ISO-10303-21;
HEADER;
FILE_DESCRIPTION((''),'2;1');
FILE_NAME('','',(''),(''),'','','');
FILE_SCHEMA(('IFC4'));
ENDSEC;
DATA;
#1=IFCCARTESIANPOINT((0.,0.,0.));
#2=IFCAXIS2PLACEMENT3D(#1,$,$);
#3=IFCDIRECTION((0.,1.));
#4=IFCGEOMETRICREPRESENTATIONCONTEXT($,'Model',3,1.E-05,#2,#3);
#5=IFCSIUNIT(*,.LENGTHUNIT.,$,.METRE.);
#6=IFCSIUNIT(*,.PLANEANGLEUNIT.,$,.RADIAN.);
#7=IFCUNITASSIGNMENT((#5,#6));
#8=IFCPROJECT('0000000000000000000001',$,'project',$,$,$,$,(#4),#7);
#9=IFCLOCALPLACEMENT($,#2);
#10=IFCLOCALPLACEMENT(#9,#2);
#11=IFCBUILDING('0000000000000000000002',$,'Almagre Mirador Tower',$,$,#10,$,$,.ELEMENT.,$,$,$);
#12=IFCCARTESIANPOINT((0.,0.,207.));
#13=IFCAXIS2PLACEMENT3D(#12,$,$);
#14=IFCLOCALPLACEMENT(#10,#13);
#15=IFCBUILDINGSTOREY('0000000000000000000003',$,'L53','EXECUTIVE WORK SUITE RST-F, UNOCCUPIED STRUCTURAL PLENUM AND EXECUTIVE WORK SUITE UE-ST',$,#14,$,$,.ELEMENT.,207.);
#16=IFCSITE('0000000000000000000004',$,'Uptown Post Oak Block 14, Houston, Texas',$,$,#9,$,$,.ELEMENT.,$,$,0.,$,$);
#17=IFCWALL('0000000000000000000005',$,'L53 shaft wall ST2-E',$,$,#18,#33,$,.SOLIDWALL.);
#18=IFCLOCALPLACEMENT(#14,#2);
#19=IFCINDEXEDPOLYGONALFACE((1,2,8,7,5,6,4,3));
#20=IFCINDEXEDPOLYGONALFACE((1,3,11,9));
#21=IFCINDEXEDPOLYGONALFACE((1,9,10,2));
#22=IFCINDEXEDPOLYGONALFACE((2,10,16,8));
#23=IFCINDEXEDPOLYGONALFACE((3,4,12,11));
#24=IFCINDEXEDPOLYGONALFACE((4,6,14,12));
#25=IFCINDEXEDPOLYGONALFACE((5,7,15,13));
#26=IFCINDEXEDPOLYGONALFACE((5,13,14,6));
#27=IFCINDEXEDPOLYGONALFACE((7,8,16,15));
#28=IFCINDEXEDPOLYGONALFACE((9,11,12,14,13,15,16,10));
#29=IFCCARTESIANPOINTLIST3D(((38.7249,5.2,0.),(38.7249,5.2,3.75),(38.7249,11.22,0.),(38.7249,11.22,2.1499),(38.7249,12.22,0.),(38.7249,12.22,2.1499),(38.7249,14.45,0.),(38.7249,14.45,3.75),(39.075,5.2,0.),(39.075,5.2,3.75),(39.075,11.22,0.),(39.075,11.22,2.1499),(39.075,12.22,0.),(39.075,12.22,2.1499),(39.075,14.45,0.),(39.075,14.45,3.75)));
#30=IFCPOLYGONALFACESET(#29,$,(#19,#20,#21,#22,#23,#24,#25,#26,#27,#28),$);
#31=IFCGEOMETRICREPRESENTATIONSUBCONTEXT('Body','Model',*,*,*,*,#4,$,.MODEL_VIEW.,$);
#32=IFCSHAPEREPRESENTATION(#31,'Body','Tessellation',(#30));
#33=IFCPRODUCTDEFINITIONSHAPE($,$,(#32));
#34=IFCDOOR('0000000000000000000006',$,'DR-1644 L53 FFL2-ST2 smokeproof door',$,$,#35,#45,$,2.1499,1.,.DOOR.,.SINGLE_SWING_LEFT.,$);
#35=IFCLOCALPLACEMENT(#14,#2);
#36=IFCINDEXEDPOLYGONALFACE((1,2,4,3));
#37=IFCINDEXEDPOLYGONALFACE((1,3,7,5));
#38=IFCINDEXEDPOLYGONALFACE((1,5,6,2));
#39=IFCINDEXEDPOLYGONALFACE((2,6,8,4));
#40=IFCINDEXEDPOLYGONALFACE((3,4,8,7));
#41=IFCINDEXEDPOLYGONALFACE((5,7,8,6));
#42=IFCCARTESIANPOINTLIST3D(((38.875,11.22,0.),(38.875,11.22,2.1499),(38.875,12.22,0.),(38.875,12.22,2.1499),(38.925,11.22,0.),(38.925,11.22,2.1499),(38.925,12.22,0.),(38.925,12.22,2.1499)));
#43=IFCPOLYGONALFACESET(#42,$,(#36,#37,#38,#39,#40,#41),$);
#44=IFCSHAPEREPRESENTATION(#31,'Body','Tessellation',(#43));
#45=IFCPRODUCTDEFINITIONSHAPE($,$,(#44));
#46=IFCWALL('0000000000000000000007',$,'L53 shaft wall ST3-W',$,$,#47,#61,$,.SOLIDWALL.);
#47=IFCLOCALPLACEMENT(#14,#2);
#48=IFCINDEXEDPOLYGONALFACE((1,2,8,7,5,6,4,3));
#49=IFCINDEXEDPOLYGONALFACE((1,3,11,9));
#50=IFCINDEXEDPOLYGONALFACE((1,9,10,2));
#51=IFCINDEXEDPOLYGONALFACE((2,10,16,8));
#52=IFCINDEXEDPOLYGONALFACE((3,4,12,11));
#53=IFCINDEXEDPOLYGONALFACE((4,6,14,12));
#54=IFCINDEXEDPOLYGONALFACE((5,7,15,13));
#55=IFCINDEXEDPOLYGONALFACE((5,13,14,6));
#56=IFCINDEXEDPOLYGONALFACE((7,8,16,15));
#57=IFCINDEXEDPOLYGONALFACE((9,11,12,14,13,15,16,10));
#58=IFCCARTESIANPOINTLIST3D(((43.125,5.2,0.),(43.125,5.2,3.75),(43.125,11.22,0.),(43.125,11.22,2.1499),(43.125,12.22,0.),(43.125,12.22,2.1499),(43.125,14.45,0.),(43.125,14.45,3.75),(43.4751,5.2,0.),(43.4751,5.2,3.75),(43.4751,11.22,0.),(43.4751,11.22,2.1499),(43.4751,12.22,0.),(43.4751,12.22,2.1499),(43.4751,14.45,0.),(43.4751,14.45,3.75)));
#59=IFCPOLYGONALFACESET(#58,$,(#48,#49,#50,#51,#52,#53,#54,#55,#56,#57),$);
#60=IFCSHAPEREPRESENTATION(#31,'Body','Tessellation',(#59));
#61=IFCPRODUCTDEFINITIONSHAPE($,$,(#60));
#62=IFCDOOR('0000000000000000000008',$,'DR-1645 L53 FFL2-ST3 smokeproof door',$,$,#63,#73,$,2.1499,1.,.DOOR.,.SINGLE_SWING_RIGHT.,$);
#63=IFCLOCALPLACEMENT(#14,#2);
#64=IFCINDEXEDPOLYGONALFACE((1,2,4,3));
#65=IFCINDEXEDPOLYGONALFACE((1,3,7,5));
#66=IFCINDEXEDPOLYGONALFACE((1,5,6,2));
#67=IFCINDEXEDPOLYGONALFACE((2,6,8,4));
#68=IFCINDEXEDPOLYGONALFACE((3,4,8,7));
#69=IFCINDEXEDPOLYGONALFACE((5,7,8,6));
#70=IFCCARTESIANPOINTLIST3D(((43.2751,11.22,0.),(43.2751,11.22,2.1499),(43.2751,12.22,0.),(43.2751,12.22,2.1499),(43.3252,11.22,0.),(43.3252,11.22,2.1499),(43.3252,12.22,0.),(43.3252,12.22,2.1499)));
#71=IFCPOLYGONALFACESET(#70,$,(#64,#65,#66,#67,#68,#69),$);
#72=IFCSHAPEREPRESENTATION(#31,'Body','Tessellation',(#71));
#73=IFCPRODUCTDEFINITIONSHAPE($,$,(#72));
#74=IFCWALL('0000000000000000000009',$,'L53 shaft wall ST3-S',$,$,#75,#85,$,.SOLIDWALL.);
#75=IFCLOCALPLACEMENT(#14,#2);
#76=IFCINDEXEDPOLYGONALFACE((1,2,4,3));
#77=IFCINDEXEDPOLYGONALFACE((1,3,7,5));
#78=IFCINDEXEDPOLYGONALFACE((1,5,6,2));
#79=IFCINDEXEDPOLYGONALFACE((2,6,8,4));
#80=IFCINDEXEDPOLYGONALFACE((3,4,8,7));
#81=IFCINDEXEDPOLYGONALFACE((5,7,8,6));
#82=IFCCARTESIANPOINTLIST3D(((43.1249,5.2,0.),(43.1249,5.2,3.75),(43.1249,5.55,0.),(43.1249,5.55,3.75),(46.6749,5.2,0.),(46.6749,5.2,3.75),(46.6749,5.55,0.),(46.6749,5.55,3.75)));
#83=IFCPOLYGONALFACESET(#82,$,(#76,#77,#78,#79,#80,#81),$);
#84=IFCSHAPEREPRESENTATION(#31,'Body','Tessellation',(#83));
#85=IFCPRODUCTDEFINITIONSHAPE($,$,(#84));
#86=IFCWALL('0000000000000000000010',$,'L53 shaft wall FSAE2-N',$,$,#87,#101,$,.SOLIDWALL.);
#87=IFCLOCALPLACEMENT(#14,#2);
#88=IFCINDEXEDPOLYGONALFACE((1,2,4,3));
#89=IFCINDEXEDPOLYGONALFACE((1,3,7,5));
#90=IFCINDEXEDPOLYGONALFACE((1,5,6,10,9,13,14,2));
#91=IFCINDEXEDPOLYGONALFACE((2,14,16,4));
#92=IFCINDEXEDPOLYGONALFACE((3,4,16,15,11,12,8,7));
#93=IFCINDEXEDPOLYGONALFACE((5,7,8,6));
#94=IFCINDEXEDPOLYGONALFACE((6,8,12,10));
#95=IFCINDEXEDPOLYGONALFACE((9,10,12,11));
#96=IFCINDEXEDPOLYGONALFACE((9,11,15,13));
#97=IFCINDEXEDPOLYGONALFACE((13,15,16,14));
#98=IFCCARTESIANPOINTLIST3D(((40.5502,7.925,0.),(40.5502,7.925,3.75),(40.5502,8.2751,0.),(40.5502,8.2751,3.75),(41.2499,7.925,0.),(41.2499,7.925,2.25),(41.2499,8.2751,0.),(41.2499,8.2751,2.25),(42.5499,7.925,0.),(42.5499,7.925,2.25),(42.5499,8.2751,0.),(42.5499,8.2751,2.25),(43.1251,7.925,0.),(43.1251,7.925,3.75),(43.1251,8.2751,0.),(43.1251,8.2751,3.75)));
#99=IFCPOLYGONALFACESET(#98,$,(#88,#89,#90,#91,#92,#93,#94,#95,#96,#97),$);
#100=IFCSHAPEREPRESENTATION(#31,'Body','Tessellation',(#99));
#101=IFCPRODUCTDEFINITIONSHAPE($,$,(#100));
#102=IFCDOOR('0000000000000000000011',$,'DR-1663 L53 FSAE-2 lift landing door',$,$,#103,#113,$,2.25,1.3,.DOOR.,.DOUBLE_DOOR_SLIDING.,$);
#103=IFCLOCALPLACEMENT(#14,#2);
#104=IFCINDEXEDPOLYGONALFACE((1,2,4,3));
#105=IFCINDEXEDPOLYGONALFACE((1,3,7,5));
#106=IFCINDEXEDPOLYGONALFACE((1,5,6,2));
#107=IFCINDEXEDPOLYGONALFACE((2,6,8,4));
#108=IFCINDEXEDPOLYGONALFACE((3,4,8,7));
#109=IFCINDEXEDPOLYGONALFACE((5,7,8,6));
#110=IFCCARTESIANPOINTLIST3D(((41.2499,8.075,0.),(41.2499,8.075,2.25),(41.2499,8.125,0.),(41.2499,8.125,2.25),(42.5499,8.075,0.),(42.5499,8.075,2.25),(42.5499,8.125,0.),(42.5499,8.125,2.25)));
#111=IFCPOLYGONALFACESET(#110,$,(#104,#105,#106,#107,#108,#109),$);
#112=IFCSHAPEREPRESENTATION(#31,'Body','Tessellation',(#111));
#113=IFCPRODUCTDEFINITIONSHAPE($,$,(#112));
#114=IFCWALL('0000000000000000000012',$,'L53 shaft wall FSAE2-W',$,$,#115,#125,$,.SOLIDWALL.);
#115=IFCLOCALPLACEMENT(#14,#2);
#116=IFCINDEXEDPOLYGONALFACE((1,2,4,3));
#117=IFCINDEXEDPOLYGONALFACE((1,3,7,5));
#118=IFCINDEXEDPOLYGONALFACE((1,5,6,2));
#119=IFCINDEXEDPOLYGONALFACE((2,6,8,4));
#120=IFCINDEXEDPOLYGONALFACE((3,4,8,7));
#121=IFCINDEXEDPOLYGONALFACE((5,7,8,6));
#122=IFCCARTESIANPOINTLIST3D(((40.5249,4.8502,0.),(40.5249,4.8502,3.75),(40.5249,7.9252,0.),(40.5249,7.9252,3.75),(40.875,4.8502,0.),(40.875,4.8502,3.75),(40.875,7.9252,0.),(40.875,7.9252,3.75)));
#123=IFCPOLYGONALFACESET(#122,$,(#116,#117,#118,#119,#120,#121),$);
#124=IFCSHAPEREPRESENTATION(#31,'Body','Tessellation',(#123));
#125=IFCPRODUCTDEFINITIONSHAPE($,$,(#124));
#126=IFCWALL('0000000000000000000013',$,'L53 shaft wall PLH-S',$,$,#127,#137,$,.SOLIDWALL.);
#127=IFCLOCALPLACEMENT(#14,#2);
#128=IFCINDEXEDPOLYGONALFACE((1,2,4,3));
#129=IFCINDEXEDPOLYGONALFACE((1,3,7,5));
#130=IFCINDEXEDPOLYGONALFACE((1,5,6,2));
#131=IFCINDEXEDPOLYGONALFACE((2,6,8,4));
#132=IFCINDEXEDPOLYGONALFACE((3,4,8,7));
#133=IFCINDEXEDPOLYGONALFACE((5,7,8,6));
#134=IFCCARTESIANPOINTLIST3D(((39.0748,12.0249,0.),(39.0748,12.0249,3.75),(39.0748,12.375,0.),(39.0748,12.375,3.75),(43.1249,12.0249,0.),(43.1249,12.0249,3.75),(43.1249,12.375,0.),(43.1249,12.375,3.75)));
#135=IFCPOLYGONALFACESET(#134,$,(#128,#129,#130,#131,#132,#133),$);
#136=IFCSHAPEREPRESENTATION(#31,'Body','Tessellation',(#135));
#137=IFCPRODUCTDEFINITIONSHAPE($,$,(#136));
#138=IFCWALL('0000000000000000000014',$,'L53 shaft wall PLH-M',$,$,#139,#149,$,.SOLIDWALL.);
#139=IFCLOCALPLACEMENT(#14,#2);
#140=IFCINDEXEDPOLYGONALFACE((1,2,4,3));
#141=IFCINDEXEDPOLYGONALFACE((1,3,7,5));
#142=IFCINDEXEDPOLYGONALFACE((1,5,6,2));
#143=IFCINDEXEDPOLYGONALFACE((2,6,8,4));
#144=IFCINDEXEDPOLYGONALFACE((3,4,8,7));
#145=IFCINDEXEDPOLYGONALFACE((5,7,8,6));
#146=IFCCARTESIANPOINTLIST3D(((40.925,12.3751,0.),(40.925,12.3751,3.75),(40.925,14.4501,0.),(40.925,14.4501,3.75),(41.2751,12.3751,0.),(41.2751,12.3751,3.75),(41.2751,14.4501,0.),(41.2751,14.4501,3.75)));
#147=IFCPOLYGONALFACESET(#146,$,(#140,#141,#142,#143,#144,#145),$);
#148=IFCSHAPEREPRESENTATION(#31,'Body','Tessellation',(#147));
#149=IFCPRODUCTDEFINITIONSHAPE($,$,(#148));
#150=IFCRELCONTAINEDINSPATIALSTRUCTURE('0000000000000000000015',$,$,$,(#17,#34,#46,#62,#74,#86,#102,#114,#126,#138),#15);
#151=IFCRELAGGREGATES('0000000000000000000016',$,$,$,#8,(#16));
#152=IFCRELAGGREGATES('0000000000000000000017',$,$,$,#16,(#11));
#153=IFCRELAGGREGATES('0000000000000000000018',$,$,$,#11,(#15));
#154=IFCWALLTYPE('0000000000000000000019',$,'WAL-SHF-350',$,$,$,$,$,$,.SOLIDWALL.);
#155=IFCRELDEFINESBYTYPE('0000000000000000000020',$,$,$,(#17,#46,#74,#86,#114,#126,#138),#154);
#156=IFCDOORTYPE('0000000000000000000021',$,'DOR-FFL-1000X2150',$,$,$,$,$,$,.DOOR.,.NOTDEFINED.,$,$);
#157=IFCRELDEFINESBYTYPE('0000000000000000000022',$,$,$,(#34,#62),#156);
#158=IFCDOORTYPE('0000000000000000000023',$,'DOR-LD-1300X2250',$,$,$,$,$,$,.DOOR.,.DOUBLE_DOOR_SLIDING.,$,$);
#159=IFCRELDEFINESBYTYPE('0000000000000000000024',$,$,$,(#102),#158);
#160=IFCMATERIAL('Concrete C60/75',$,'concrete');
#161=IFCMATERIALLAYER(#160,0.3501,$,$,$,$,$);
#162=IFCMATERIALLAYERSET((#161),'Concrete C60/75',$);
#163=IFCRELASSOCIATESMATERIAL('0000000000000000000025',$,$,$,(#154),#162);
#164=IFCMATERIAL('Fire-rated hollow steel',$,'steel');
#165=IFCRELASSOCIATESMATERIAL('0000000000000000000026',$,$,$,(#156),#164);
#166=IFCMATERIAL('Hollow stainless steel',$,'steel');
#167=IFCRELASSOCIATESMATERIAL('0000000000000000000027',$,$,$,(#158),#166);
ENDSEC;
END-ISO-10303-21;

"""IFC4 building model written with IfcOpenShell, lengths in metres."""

from ifc_helpers import new_model, si_unit, direction, frame, frame_2d, origin, place, context, subcontext, project, spatial, rectangle, extrude, material, layer, layer_set, type_object, element, fill, save


model = new_model("IFC4")

# Units and contexts
model_context = context("Model", 3, precision=1e-05, world=origin(), true_north=direction((0.0, 1.0)))
body_context = subcontext(model_context, "Body", "Model", "MODEL_VIEW")
ifc_project = project(units=[si_unit("LENGTHUNIT", "METRE"), si_unit("PLANEANGLEUNIT", "RADIAN")], contexts=[model_context])

# Site, building, storey
site_placement = place(None, origin())
site = spatial("IfcSite", under=ifc_project, at=site_placement, Name="Uptown Post Oak Block 14, Houston, Texas", CompositionType="ELEMENT", RefElevation=0.0)
building_placement = place(site_placement, origin())
building = spatial("IfcBuilding", under=site, at=building_placement, Name="Almagre Mirador Tower", CompositionType="ELEMENT")
storey_placement = place(building_placement, frame((0.0, 0.0, 207.0)))
storey = spatial("IfcBuildingStorey", under=building, at=storey_placement, Name="L53", Description="EXECUTIVE WORK SUITE RST-F, UNOCCUPIED STRUCTURAL PLENUM AND EXECUTIVE WORK SUITE UE-ST", CompositionType="ELEMENT", Elevation=207.0)

# Walls, openings, doors
ifc_material_1 = material(Name="Concrete C60/75", Category="concrete")
ifc_layer_1 = layer(ifc_material_1, 0.3501)
ifc_layer_set_1 = layer_set([ifc_layer_1], Name="Concrete C60/75")
wall_type_1 = type_object("IfcWallType", Name="WAL-SHF-350", PredefinedType="SOLIDWALL", material=ifc_layer_set_1)
wall_1_placement = place(storey_placement, frame((38.8999, 5.2, 0.0), z_axis=(0.0, 0.0, 1.0), x_axis=(0.0, 1.0, 0.0)))
wall_1 = element("IfcWall", 1, at=wall_1_placement, inside=storey, type_object=wall_type_1, Name="L53 shaft wall ST2-E", PredefinedType="SOLIDWALL", context=body_context, shape_type="SweptSolid", body=[
    extrude(rectangle(XDim=9.25, YDim=0.3501, at=frame_2d((4.625, 0.0))), origin(), (0.0, 0.0, 1.0), 3.75),
])
opening_1_placement = place(wall_1_placement, frame((6.02, 0.0, 0.0)))
opening_1 = element("IfcOpeningElement", 2, at=opening_1_placement, cuts=wall_1, PredefinedType="OPENING", context=body_context, shape_type="SweptSolid", body=[
    extrude(rectangle(XDim=1.0, YDim=2.1499, at=frame_2d((0.5, 1.075))), frame((0.0, 0.185, 0.0), z_axis=(0.0, -1.0, 0.0), x_axis=(1.0, 0.0, 0.0)), (0.0, 0.0, 1.0), 0.3701),
])
ifc_material_2 = material(Name="Fire-rated hollow steel", Category="steel")
door_type_1 = type_object("IfcDoorType", Name="DOR-FFL-1000X2150", OperationType="NOTDEFINED", PredefinedType="DOOR", material=ifc_material_2)
door_1_placement = place(opening_1_placement, origin())
door_1 = element("IfcDoor", 3, at=door_1_placement, inside=storey, type_object=door_type_1, Name="DR-1644 L53 FFL2-ST2 smokeproof door", OperationType="SINGLE_SWING_LEFT", OverallHeight=2.1499, OverallWidth=1.0, PredefinedType="DOOR", context=body_context, shape_type="SweptSolid", body=[
    extrude(rectangle(XDim=1.0, YDim=2.1499, at=frame_2d((0.5, 1.075))), frame((0.0, 0.0249, 0.0), z_axis=(0.0, -1.0, 0.0), x_axis=(1.0, 0.0, 0.0)), (0.0, 0.0, 1.0), 0.05),
])
fill(opening_1, door_1)
wall_2_placement = place(storey_placement, frame((43.3, 5.2, 0.0), z_axis=(0.0, 0.0, 1.0), x_axis=(0.0, 1.0, 0.0)))
wall_2 = element("IfcWall", 4, at=wall_2_placement, inside=storey, type_object=wall_type_1, Name="L53 shaft wall ST3-W", PredefinedType="SOLIDWALL", context=body_context, shape_type="SweptSolid", body=[
    extrude(rectangle(XDim=9.25, YDim=0.3501, at=frame_2d((4.625, 0.0))), origin(), (0.0, 0.0, 1.0), 3.75),
])
opening_2_placement = place(wall_2_placement, frame((6.02, 0.0, 0.0)))
opening_2 = element("IfcOpeningElement", 5, at=opening_2_placement, cuts=wall_2, PredefinedType="OPENING", context=body_context, shape_type="SweptSolid", body=[
    extrude(rectangle(XDim=1.0, YDim=2.1499, at=frame_2d((0.5, 1.075))), frame((0.0, 0.185, 0.0), z_axis=(0.0, -1.0, 0.0), x_axis=(1.0, 0.0, 0.0)), (0.0, 0.0, 1.0), 0.3701),
])
door_2_placement = place(opening_2_placement, origin())
door_2 = element("IfcDoor", 6, at=door_2_placement, inside=storey, type_object=door_type_1, Name="DR-1645 L53 FFL2-ST3 smokeproof door", OperationType="SINGLE_SWING_RIGHT", OverallHeight=2.1499, OverallWidth=1.0, PredefinedType="DOOR", context=body_context, shape_type="SweptSolid", body=[
    extrude(rectangle(XDim=1.0, YDim=2.1499, at=frame_2d((0.5, 1.075))), frame((0.0, 0.0249, 0.0), z_axis=(0.0, -1.0, 0.0), x_axis=(1.0, 0.0, 0.0)), (0.0, 0.0, 1.0), 0.05),
])
fill(opening_2, door_2)

# Wall
wall_3_placement = place(storey_placement, frame((43.125, 5.375, 0.0), z_axis=(0.0, 0.0, 1.0), x_axis=(1.0, 0.0, 0.0)))
element("IfcWall", 7, at=wall_3_placement, inside=storey, type_object=wall_type_1, Name="L53 shaft wall ST3-S", PredefinedType="SOLIDWALL", context=body_context, shape_type="SweptSolid", body=[
    extrude(rectangle(XDim=3.55, YDim=0.3501, at=frame_2d((1.7749, 0.0))), origin(), (0.0, 0.0, 1.0), 3.75),
])

# Wall, opening, door
wall_4_placement = place(storey_placement, frame((40.55, 8.1001, 0.0), z_axis=(0.0, 0.0, 1.0), x_axis=(1.0, 0.0, 0.0)))
wall_4 = element("IfcWall", 8, at=wall_4_placement, inside=storey, type_object=wall_type_1, Name="L53 shaft wall FSAE2-N", PredefinedType="SOLIDWALL", context=body_context, shape_type="SweptSolid", body=[
    extrude(rectangle(XDim=2.575, YDim=0.3501, at=frame_2d((1.2876, 0.0))), origin(), (0.0, 0.0, 1.0), 3.75),
])
opening_3_placement = place(wall_4_placement, frame((0.7, 0.0, 0.0)))
opening_3 = element("IfcOpeningElement", 9, at=opening_3_placement, cuts=wall_4, PredefinedType="OPENING", context=body_context, shape_type="SweptSolid", body=[
    extrude(rectangle(XDim=1.3, YDim=2.25, at=frame_2d((0.6499, 1.125))), frame((0.0, 0.185, 0.0), z_axis=(0.0, -1.0, 0.0), x_axis=(1.0, 0.0, 0.0)), (0.0, 0.0, 1.0), 0.3701),
])
ifc_material_3 = material(Name="Hollow stainless steel", Category="steel")
door_type_2 = type_object("IfcDoorType", Name="DOR-LD-1300X2250", OperationType="DOUBLE_DOOR_SLIDING", PredefinedType="DOOR", material=ifc_material_3)
door_3_placement = place(opening_3_placement, origin())
door_3 = element("IfcDoor", 10, at=door_3_placement, inside=storey, type_object=door_type_2, Name="DR-1663 L53 FSAE-2 lift landing door", OperationType="DOUBLE_DOOR_SLIDING", OverallHeight=2.25, OverallWidth=1.3, PredefinedType="DOOR", context=body_context, shape_type="SweptSolid", body=[
    extrude(rectangle(XDim=1.3, YDim=2.25, at=frame_2d((0.6499, 1.125))), frame((0.0, 0.0249, 0.0), z_axis=(0.0, -1.0, 0.0), x_axis=(1.0, 0.0, 0.0)), (0.0, 0.0, 1.0), 0.05),
])
fill(opening_3, door_3)

# Walls
wall_5_placement = place(storey_placement, frame((40.7, 4.8501, 0.0), z_axis=(0.0, 0.0, 1.0), x_axis=(0.0, 1.0, 0.0)))
element("IfcWall", 11, at=wall_5_placement, inside=storey, type_object=wall_type_1, Name="L53 shaft wall FSAE2-W", PredefinedType="SOLIDWALL", context=body_context, shape_type="SweptSolid", body=[
    extrude(rectangle(XDim=3.075, YDim=0.3501, at=frame_2d((1.5376, 0.0))), origin(), (0.0, 0.0, 1.0), 3.75),
])
wall_6_placement = place(storey_placement, frame((39.075, 12.2, 0.0), z_axis=(0.0, 0.0, 1.0), x_axis=(1.0, 0.0, 0.0)))
element("IfcWall", 12, at=wall_6_placement, inside=storey, type_object=wall_type_1, Name="L53 shaft wall PLH-S", PredefinedType="SOLIDWALL", context=body_context, shape_type="SweptSolid", body=[
    extrude(rectangle(XDim=4.05, YDim=0.3501, at=frame_2d((2.0249, 0.0))), origin(), (0.0, 0.0, 1.0), 3.75),
])
wall_7_placement = place(storey_placement, frame((41.1001, 12.375, 0.0), z_axis=(0.0, 0.0, 1.0), x_axis=(0.0, 1.0, 0.0)))
element("IfcWall", 13, at=wall_7_placement, inside=storey, type_object=wall_type_1, Name="L53 shaft wall PLH-M", PredefinedType="SOLIDWALL", context=body_context, shape_type="SweptSolid", body=[
    extrude(rectangle(XDim=2.075, YDim=0.3501, at=frame_2d((1.0376, 0.0))), origin(), (0.0, 0.0, 1.0), 3.75),
])

save(model, "model.ifc")
